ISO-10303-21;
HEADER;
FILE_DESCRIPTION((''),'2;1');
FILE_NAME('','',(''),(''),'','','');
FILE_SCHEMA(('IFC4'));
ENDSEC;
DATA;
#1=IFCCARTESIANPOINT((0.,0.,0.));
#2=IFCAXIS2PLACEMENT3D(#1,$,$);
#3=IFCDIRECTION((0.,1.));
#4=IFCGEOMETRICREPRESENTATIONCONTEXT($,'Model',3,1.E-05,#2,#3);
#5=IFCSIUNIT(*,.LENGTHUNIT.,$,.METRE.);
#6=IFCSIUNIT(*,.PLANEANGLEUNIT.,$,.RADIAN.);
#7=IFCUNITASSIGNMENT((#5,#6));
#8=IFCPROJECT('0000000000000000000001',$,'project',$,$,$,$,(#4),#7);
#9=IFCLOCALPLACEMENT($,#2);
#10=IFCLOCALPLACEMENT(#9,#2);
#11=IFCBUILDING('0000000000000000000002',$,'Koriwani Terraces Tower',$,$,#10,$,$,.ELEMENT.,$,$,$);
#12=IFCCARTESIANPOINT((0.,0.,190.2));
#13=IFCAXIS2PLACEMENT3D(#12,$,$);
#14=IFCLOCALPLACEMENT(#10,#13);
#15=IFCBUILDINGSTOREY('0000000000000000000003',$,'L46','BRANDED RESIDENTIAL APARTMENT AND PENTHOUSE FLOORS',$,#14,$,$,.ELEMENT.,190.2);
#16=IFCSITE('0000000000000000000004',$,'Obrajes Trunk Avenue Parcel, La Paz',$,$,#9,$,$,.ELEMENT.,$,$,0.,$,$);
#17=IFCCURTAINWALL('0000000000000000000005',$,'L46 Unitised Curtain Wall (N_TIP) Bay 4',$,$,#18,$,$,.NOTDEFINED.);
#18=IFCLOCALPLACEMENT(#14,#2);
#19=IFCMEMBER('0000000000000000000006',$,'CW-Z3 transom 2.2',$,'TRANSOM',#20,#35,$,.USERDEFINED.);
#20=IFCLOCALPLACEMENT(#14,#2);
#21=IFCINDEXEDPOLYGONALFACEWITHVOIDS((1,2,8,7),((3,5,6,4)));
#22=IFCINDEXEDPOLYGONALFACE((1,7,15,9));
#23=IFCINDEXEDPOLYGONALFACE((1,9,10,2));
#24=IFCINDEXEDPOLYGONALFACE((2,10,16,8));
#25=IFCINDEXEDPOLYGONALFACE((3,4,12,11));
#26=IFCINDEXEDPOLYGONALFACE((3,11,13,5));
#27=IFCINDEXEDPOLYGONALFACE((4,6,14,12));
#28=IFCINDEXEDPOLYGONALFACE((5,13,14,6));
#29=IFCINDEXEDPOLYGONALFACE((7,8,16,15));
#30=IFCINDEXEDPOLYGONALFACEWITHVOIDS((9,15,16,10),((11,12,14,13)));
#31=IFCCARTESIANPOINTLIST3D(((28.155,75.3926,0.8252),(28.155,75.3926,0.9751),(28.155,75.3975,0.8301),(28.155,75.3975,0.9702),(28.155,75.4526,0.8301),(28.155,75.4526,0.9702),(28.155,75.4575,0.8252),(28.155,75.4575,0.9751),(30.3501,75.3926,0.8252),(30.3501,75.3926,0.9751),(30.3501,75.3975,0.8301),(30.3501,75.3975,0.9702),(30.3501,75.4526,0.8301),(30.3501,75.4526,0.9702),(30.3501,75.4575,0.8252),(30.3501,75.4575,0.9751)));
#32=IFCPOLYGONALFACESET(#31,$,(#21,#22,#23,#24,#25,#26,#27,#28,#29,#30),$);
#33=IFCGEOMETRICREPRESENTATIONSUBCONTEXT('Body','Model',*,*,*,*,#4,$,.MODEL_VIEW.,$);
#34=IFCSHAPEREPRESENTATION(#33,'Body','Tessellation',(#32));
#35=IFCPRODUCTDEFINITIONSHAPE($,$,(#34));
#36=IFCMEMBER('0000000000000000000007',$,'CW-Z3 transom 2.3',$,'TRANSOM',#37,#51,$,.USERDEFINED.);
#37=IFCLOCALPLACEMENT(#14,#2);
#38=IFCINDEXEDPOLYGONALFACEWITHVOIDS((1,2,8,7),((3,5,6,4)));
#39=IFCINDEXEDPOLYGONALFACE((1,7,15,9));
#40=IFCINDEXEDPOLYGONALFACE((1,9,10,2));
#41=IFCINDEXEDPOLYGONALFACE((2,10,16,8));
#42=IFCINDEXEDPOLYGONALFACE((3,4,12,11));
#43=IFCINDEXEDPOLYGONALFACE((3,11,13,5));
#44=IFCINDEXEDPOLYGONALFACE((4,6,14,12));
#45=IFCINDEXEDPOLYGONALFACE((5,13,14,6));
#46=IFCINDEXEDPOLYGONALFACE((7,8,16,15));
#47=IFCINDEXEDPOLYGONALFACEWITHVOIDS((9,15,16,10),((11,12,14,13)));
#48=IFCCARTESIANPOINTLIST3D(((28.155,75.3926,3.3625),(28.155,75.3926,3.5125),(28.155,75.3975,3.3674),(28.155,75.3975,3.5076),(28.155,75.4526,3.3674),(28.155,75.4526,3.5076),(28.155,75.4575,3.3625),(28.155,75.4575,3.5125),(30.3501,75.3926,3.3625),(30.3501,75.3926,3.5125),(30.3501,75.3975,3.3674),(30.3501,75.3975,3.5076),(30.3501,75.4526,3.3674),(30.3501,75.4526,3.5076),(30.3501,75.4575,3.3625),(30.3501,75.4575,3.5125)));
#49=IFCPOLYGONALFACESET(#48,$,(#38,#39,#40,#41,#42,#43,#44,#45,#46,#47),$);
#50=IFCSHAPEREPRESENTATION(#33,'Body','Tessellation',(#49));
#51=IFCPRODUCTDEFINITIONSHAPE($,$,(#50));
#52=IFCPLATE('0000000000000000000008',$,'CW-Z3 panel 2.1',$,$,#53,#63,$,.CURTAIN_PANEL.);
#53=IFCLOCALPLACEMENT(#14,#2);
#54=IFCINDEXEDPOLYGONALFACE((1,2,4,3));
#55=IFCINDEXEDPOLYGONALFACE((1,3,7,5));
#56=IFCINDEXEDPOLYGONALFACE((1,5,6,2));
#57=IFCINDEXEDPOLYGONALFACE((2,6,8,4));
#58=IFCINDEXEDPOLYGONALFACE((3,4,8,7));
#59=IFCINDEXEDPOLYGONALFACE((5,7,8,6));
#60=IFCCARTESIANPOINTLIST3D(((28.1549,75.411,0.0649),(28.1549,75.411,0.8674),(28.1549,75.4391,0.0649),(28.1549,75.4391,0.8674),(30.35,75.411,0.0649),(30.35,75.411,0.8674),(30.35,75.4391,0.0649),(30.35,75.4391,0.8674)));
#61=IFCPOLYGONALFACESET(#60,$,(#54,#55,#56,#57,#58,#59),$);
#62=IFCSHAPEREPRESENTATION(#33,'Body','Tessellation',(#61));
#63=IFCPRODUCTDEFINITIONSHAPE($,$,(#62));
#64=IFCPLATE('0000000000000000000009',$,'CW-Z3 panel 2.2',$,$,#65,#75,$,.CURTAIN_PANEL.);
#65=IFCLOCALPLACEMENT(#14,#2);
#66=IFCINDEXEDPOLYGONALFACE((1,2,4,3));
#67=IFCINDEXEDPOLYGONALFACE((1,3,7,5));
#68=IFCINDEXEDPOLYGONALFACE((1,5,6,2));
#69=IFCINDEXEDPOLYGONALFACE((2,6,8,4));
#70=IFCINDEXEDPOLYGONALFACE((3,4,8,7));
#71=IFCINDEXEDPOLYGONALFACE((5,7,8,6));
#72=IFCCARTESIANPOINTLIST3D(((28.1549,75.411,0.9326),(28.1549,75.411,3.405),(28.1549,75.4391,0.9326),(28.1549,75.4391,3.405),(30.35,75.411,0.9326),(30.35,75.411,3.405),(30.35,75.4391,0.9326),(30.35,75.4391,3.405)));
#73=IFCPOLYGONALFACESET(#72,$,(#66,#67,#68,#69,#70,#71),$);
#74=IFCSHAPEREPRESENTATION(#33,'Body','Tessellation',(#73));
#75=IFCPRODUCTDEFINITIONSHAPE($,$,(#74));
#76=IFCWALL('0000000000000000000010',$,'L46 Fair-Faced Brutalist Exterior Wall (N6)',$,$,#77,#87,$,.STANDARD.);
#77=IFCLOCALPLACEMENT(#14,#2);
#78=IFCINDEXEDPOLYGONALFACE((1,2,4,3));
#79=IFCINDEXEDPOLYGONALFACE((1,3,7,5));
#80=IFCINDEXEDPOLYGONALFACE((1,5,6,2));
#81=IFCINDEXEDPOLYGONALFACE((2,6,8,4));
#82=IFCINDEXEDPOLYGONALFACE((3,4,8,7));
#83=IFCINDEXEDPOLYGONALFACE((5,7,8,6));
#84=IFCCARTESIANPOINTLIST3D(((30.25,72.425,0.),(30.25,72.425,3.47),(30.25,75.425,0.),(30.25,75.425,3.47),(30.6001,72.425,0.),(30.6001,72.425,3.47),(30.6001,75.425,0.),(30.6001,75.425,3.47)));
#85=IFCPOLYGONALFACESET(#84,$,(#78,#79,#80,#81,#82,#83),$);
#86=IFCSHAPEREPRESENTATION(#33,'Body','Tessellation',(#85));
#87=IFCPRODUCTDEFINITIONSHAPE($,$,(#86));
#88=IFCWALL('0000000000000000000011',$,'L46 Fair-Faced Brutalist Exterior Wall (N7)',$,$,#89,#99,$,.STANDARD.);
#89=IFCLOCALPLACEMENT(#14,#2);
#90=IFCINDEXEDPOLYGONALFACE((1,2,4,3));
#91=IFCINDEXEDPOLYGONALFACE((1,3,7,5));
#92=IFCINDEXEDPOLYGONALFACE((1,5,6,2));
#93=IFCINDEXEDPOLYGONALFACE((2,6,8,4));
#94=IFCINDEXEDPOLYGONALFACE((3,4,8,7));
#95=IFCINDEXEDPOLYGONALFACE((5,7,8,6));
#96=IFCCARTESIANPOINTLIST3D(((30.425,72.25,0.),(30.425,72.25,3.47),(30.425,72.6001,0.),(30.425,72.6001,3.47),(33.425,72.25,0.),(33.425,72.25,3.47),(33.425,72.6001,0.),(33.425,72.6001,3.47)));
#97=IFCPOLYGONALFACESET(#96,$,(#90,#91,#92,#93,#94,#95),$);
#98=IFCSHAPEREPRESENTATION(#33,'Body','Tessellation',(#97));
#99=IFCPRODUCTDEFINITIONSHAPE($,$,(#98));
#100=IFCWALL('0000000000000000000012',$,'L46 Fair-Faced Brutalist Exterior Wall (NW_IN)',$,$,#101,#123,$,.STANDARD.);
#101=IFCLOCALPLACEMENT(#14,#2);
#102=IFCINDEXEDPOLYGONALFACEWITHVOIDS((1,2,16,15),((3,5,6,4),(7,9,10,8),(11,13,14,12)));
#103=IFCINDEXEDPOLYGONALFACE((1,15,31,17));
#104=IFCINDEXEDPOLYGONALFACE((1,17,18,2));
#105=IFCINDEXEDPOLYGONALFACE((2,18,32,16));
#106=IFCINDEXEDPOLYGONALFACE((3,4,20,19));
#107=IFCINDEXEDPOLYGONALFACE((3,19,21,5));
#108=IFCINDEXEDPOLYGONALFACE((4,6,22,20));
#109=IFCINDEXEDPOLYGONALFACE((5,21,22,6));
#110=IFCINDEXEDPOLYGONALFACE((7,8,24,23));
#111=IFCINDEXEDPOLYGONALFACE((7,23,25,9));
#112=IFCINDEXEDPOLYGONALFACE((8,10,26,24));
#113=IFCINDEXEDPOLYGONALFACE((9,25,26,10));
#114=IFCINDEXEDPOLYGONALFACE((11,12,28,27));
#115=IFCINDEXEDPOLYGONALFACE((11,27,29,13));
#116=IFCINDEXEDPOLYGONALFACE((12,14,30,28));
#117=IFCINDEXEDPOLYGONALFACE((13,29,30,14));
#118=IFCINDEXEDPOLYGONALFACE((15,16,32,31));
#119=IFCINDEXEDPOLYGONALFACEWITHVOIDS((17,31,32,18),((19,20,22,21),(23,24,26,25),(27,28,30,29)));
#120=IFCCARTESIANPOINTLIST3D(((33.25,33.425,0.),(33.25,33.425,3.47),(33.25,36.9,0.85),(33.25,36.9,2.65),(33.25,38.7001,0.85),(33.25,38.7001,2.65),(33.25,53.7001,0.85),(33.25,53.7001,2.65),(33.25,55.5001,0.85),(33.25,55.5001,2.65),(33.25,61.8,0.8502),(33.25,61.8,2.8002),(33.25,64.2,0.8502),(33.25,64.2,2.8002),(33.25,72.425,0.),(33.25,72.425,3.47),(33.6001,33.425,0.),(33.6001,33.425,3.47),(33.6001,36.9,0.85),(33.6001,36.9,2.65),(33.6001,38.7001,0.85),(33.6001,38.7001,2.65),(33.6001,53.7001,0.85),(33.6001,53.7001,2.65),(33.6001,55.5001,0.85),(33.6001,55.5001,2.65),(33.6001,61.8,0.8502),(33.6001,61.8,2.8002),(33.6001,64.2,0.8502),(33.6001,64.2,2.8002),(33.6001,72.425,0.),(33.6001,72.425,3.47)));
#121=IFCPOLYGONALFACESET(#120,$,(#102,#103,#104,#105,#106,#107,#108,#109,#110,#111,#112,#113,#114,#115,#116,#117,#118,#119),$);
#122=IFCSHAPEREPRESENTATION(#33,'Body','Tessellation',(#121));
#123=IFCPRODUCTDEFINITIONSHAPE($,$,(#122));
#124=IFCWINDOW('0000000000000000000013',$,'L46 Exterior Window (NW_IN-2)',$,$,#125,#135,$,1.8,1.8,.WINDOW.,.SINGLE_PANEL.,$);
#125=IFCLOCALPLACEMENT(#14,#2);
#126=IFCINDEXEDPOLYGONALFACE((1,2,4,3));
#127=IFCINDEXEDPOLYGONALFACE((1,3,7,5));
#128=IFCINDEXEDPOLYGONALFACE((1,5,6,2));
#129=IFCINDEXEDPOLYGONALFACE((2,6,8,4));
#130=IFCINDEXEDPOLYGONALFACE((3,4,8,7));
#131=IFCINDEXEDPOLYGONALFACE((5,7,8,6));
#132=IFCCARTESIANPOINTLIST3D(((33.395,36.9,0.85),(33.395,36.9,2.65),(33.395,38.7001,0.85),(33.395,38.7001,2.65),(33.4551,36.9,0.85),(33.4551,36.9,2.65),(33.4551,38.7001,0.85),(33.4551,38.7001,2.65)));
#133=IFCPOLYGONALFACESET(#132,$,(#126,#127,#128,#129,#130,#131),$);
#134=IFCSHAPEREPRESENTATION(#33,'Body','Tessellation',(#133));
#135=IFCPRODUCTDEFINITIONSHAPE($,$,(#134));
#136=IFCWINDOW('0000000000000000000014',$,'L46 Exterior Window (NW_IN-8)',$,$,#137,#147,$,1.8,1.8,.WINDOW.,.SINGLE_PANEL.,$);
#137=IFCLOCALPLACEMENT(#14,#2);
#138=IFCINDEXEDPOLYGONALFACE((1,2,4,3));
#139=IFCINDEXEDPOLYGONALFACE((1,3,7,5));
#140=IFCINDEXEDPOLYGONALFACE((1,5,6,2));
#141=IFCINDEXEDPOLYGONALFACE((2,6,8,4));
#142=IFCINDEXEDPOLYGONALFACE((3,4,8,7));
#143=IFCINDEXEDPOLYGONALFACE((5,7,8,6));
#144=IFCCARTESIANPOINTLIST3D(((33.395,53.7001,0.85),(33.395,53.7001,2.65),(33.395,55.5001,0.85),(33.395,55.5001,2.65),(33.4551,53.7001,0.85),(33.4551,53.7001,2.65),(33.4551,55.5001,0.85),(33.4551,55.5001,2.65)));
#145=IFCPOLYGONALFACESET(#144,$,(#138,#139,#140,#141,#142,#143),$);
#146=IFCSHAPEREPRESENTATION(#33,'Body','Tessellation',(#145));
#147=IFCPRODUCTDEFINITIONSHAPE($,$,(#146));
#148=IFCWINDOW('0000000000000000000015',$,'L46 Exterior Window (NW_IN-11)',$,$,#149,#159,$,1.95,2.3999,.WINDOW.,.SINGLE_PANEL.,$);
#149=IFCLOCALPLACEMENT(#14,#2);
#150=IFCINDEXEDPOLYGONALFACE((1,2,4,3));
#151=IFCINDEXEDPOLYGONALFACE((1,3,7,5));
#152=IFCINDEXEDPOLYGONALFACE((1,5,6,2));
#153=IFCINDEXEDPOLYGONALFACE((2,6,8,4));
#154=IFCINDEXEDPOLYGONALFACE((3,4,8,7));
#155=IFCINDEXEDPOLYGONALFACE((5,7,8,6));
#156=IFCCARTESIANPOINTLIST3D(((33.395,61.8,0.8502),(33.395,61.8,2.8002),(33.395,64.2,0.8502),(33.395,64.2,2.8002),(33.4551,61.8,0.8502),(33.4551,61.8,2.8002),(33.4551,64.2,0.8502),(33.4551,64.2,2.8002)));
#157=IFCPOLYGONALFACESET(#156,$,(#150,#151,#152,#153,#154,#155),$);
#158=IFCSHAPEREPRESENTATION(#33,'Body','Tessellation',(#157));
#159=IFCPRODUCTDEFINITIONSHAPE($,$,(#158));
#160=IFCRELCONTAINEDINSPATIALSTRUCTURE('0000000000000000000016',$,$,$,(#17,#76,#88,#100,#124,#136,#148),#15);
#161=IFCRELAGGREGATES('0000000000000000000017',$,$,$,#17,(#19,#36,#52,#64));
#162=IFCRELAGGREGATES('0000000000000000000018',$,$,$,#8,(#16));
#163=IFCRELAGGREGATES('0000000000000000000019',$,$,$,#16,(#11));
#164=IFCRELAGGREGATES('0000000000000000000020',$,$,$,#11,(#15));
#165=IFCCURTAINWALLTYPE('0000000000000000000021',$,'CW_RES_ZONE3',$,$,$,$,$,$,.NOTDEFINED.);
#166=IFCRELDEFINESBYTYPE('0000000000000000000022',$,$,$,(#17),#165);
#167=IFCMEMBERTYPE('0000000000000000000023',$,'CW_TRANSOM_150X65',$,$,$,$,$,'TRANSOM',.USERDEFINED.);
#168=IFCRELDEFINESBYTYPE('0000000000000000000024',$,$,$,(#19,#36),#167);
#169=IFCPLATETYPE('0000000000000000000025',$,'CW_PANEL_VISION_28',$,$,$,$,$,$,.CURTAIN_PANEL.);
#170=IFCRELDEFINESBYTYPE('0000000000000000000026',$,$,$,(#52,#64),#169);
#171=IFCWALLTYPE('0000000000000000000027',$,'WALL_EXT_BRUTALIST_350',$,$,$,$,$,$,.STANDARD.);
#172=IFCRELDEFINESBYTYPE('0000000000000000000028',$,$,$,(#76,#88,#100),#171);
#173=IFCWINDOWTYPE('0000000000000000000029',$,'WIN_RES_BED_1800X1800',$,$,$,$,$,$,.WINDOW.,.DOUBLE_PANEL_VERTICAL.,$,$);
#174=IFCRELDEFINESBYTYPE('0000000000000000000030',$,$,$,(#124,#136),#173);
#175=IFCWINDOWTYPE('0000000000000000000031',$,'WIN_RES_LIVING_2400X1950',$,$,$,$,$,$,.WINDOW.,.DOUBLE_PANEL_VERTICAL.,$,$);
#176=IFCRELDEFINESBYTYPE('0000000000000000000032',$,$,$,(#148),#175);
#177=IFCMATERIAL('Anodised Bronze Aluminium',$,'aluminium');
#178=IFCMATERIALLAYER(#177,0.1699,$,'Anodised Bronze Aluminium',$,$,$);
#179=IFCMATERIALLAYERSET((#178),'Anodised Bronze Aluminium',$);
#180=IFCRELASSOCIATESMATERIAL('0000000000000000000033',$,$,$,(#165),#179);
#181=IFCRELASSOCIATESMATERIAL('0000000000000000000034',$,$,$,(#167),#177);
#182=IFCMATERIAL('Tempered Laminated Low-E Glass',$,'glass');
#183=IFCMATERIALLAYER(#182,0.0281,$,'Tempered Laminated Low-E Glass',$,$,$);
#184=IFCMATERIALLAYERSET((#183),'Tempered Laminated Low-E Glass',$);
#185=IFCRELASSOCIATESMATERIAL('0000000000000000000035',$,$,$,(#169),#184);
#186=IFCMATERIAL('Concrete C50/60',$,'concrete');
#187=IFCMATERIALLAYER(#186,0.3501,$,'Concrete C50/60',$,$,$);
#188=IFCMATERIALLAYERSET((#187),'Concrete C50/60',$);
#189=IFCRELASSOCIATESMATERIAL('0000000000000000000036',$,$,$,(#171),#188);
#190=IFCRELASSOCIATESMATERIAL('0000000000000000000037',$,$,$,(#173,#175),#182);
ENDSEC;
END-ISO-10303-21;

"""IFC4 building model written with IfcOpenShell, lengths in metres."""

from ifc_helpers import new_model, si_unit, direction, frame, frame_2d, origin, origin_2d, place, context, subcontext, project, spatial, rectangle, hollow_rectangle, extrude, material, layer, layer_set, material_profile, profile_set, type_object, element, fill, aggregate, save


model = new_model("IFC4")

# Units and contexts
model_context = context("Model", 3, precision=1e-05, world=origin(), true_north=direction((0.0, 1.0)))
body_context = subcontext(model_context, "Body", "Model", "MODEL_VIEW")
ifc_project = project(units=[si_unit("LENGTHUNIT", "METRE"), si_unit("PLANEANGLEUNIT", "RADIAN")], contexts=[model_context])

# Site, building, storey
site_placement = place(None, origin())
site = spatial("IfcSite", under=ifc_project, at=site_placement, Name="Obrajes Trunk Avenue Parcel, La Paz", CompositionType="ELEMENT", RefElevation=0.0)
building_placement = place(site_placement, origin())
building = spatial("IfcBuilding", under=site, at=building_placement, Name="Koriwani Terraces Tower", CompositionType="ELEMENT")
storey_placement = place(building_placement, frame((0.0, 0.0, 190.2)))
storey = spatial("IfcBuildingStorey", under=building, at=storey_placement, Name="L46", Description="BRANDED RESIDENTIAL APARTMENT AND PENTHOUSE FLOORS", CompositionType="ELEMENT", Elevation=190.2)

# Shared definitions
ifc_material_1 = material(Name="Concrete C50/60", Category="concrete")

# Curtain wall, members, plates
ifc_material_2 = material(Name="Anodised Bronze Aluminium", Category="aluminium")
ifc_layer_1 = layer(ifc_material_2, 0.1699, Name="Anodised Bronze Aluminium")
ifc_layer_set_1 = layer_set([ifc_layer_1], Name="Anodised Bronze Aluminium")
curtain_wall_type = type_object("IfcCurtainWallType", Name="CW_RES_ZONE3", PredefinedType="NOTDEFINED", material=ifc_layer_set_1)
curtain_wall_placement = place(storey_placement, origin())
curtain_wall = element("IfcCurtainWall", 1, at=curtain_wall_placement, inside=storey, type_object=curtain_wall_type, Name="L46 Unitised Curtain Wall (N_TIP) Bay 4", PredefinedType="NOTDEFINED")
ifc_material_profile_1 = material_profile(ifc_material_2, hollow_rectangle(XDim=0.0649, YDim=0.1499, WallThickness=0.0049, at=origin_2d()), Name="Anodised Bronze Aluminium", Category="LoadBearing")
ifc_profile_set_1 = profile_set([ifc_material_profile_1], Name="Anodised Bronze Aluminium")
member_type_1 = type_object("IfcMemberType", Name="CW_TRANSOM_150X65", ElementType="TRANSOM", PredefinedType="USERDEFINED", material=ifc_profile_set_1)
member_1_placement = place(storey_placement, frame((28.155, 75.425, 0.9001), z_axis=(1.0, 0.0, 0.0), x_axis=(0.0, 1.0, 0.0)))
member_1 = element("IfcMember", 2, at=member_1_placement, type_object=member_type_1, Name="CW-Z3 transom 2.2", ObjectType="TRANSOM", PredefinedType="USERDEFINED", context=body_context, shape_type="SweptSolid", body=[
    extrude(hollow_rectangle(XDim=0.0649, YDim=0.1499, WallThickness=0.0049, at=origin_2d()), origin(), (0.0, 0.0, 1.0), 2.1951),
])
member_2_placement = place(storey_placement, frame((28.155, 75.425, 3.4375), z_axis=(1.0, 0.0, 0.0), x_axis=(0.0, 1.0, 0.0)))
member_2 = element("IfcMember", 3, at=member_2_placement, type_object=member_type_1, Name="CW-Z3 transom 2.3", ObjectType="TRANSOM", PredefinedType="USERDEFINED", context=body_context, shape_type="SweptSolid", body=[
    extrude(hollow_rectangle(XDim=0.0649, YDim=0.1499, WallThickness=0.0049, at=origin_2d()), origin(), (0.0, 0.0, 1.0), 2.1951),
])
ifc_material_3 = material(Name="Tempered Laminated Low-E Glass", Category="glass")
ifc_layer_2 = layer(ifc_material_3, 0.0281, Name="Tempered Laminated Low-E Glass")
ifc_layer_set_2 = layer_set([ifc_layer_2], Name="Tempered Laminated Low-E Glass")
plate_type = type_object("IfcPlateType", Name="CW_PANEL_VISION_28", PredefinedType="CURTAIN_PANEL", material=ifc_layer_set_2)
plate_1_placement = place(storey_placement, frame((29.2524, 75.425, 0.0649), z_axis=(0.0, 0.0, 1.0), x_axis=(1.0, 0.0, 0.0)))
plate_1 = element("IfcPlate", 4, at=plate_1_placement, type_object=plate_type, Name="CW-Z3 panel 2.1", PredefinedType="CURTAIN_PANEL", context=body_context, shape_type="SweptSolid", body=[
    extrude(rectangle(XDim=2.1951, YDim=0.0281, at=origin_2d()), origin(), (0.0, 0.0, 1.0), 0.8025),
])
plate_2_placement = place(storey_placement, frame((29.2524, 75.425, 0.9326), z_axis=(0.0, 0.0, 1.0), x_axis=(1.0, 0.0, 0.0)))
plate_2 = element("IfcPlate", 5, at=plate_2_placement, type_object=plate_type, Name="CW-Z3 panel 2.2", PredefinedType="CURTAIN_PANEL", context=body_context, shape_type="SweptSolid", body=[
    extrude(rectangle(XDim=2.1951, YDim=0.0281, at=origin_2d()), origin(), (0.0, 0.0, 1.0), 2.4724),
])
aggregate(curtain_wall, [member_1, member_2, plate_1, plate_2])

# Walls
ifc_layer_3 = layer(ifc_material_1, 0.3501, Name="Concrete C50/60")
ifc_layer_set_3 = layer_set([ifc_layer_3], Name="Concrete C50/60")
wall_type = type_object("IfcWallType", Name="WALL_EXT_BRUTALIST_350", PredefinedType="STANDARD", material=ifc_layer_set_3)
for number, where, z_axis, x_axis, name in (
    (6, (30.425, 75.425, 0.0), (0.0, 0.0, 1.0), (0.0, -1.0, 0.0), "L46 Fair-Faced Brutalist Exterior Wall (N6)"),
    (7, (30.425, 72.425, 0.0), (0.0, 0.0, 1.0), (1.0, 0.0, 0.0), "L46 Fair-Faced Brutalist Exterior Wall (N7)"),
):
    element("IfcWall", number, at=place(storey_placement, frame(where, z_axis=z_axis, x_axis=x_axis)), inside=storey, type_object=wall_type, Name=name, PredefinedType="STANDARD", context=body_context, shape_type="SweptSolid", body=[
        extrude(rectangle(XDim=3.0, YDim=0.3501, at=frame_2d((1.5, 0.0))), origin(), (0.0, 0.0, 1.0), 3.47),
    ])

# Wall, openings, windows
wall_1_placement = place(storey_placement, frame((33.425, 72.425, 0.0), z_axis=(0.0, 0.0, 1.0), x_axis=(0.0, -1.0, 0.0)))
wall_1 = element("IfcWall", 8, at=wall_1_placement, inside=storey, type_object=wall_type, Name="L46 Fair-Faced Brutalist Exterior Wall (NW_IN)", PredefinedType="STANDARD", context=body_context, shape_type="SweptSolid", body=[
    extrude(rectangle(XDim=39.0, YDim=0.3501, at=frame_2d((19.5, 0.0))), origin(), (0.0, 0.0, 1.0), 3.47),
])
opening_1_placement = place(wall_1_placement, frame((33.7251, 0.0, 0.8501)))
opening_1 = element("IfcOpeningElement", 9, at=opening_1_placement, cuts=wall_1, PredefinedType="OPENING", context=body_context, shape_type="SweptSolid", body=[
    extrude(rectangle(XDim=1.8, YDim=1.8, at=frame_2d((0.8999, 0.8999))), frame((0.0, 0.1851, 0.0), z_axis=(0.0, -1.0, 0.0), x_axis=(1.0, 0.0, 0.0)), (0.0, 0.0, 1.0), 0.3701),
])
opening_2_placement = place(wall_1_placement, frame((16.925, 0.0, 0.8501)))
opening_2 = element("IfcOpeningElement", 10, at=opening_2_placement, cuts=wall_1, PredefinedType="OPENING", context=body_context, shape_type="SweptSolid", body=[
    extrude(rectangle(XDim=1.8, YDim=1.8, at=frame_2d((0.8999, 0.8999))), frame((0.0, 0.1851, 0.0), z_axis=(0.0, -1.0, 0.0), x_axis=(1.0, 0.0, 0.0)), (0.0, 0.0, 1.0), 0.3701),
])
opening_3_placement = place(wall_1_placement, frame((8.2251, 0.0, 0.8501)))
opening_3 = element("IfcOpeningElement", 11, at=opening_3_placement, cuts=wall_1, PredefinedType="OPENING", context=body_context, shape_type="SweptSolid", body=[
    extrude(rectangle(XDim=2.3999, YDim=1.95, at=frame_2d((1.2, 0.9751))), frame((0.0, 0.1851, 0.0), z_axis=(0.0, -1.0, 0.0), x_axis=(1.0, 0.0, 0.0)), (0.0, 0.0, 1.0), 0.3701),
])
window_type_1 = type_object("IfcWindowType", Name="WIN_RES_BED_1800X1800", PartitioningType="DOUBLE_PANEL_VERTICAL", PredefinedType="WINDOW", material=ifc_material_3)
window_1_placement = place(opening_1_placement, origin())
window_1 = element("IfcWindow", 12, at=window_1_placement, inside=storey, type_object=window_type_1, Name="L46 Exterior Window (NW_IN-2)", OverallHeight=1.8, OverallWidth=1.8, PartitioningType="SINGLE_PANEL", PredefinedType="WINDOW", context=body_context, shape_type="SweptSolid", body=[
    extrude(rectangle(XDim=1.8, YDim=1.8, at=frame_2d((0.8999, 0.8999))), frame((0.0, 0.03, 0.0), z_axis=(0.0, -1.0, 0.0), x_axis=(1.0, 0.0, 0.0)), (0.0, 0.0, 1.0), 0.0601),
])
fill(opening_1, window_1)
window_2_placement = place(opening_2_placement, origin())
window_2 = element("IfcWindow", 13, at=window_2_placement, inside=storey, type_object=window_type_1, Name="L46 Exterior Window (NW_IN-8)", OverallHeight=1.8, OverallWidth=1.8, PartitioningType="SINGLE_PANEL", PredefinedType="WINDOW", context=body_context, shape_type="SweptSolid", body=[
    extrude(rectangle(XDim=1.8, YDim=1.8, at=frame_2d((0.8999, 0.8999))), frame((0.0, 0.03, 0.0), z_axis=(0.0, -1.0, 0.0), x_axis=(1.0, 0.0, 0.0)), (0.0, 0.0, 1.0), 0.0601),
])
fill(opening_2, window_2)
window_type_2 = type_object("IfcWindowType", Name="WIN_RES_LIVING_2400X1950", PartitioningType="DOUBLE_PANEL_VERTICAL", PredefinedType="WINDOW", material=ifc_material_3)
window_3_placement = place(opening_3_placement, origin())
window_3 = element("IfcWindow", 14, at=window_3_placement, inside=storey, type_object=window_type_2, Name="L46 Exterior Window (NW_IN-11)", OverallHeight=1.95, OverallWidth=2.3999, PartitioningType="SINGLE_PANEL", PredefinedType="WINDOW", context=body_context, shape_type="SweptSolid", body=[
    extrude(rectangle(XDim=2.3999, YDim=1.95, at=frame_2d((1.2, 0.9751))), frame((0.0, 0.03, 0.0), z_axis=(0.0, -1.0, 0.0), x_axis=(1.0, 0.0, 0.0)), (0.0, 0.0, 1.0), 0.0601),
])
fill(opening_3, window_3)

save(model, "model.ifc")
